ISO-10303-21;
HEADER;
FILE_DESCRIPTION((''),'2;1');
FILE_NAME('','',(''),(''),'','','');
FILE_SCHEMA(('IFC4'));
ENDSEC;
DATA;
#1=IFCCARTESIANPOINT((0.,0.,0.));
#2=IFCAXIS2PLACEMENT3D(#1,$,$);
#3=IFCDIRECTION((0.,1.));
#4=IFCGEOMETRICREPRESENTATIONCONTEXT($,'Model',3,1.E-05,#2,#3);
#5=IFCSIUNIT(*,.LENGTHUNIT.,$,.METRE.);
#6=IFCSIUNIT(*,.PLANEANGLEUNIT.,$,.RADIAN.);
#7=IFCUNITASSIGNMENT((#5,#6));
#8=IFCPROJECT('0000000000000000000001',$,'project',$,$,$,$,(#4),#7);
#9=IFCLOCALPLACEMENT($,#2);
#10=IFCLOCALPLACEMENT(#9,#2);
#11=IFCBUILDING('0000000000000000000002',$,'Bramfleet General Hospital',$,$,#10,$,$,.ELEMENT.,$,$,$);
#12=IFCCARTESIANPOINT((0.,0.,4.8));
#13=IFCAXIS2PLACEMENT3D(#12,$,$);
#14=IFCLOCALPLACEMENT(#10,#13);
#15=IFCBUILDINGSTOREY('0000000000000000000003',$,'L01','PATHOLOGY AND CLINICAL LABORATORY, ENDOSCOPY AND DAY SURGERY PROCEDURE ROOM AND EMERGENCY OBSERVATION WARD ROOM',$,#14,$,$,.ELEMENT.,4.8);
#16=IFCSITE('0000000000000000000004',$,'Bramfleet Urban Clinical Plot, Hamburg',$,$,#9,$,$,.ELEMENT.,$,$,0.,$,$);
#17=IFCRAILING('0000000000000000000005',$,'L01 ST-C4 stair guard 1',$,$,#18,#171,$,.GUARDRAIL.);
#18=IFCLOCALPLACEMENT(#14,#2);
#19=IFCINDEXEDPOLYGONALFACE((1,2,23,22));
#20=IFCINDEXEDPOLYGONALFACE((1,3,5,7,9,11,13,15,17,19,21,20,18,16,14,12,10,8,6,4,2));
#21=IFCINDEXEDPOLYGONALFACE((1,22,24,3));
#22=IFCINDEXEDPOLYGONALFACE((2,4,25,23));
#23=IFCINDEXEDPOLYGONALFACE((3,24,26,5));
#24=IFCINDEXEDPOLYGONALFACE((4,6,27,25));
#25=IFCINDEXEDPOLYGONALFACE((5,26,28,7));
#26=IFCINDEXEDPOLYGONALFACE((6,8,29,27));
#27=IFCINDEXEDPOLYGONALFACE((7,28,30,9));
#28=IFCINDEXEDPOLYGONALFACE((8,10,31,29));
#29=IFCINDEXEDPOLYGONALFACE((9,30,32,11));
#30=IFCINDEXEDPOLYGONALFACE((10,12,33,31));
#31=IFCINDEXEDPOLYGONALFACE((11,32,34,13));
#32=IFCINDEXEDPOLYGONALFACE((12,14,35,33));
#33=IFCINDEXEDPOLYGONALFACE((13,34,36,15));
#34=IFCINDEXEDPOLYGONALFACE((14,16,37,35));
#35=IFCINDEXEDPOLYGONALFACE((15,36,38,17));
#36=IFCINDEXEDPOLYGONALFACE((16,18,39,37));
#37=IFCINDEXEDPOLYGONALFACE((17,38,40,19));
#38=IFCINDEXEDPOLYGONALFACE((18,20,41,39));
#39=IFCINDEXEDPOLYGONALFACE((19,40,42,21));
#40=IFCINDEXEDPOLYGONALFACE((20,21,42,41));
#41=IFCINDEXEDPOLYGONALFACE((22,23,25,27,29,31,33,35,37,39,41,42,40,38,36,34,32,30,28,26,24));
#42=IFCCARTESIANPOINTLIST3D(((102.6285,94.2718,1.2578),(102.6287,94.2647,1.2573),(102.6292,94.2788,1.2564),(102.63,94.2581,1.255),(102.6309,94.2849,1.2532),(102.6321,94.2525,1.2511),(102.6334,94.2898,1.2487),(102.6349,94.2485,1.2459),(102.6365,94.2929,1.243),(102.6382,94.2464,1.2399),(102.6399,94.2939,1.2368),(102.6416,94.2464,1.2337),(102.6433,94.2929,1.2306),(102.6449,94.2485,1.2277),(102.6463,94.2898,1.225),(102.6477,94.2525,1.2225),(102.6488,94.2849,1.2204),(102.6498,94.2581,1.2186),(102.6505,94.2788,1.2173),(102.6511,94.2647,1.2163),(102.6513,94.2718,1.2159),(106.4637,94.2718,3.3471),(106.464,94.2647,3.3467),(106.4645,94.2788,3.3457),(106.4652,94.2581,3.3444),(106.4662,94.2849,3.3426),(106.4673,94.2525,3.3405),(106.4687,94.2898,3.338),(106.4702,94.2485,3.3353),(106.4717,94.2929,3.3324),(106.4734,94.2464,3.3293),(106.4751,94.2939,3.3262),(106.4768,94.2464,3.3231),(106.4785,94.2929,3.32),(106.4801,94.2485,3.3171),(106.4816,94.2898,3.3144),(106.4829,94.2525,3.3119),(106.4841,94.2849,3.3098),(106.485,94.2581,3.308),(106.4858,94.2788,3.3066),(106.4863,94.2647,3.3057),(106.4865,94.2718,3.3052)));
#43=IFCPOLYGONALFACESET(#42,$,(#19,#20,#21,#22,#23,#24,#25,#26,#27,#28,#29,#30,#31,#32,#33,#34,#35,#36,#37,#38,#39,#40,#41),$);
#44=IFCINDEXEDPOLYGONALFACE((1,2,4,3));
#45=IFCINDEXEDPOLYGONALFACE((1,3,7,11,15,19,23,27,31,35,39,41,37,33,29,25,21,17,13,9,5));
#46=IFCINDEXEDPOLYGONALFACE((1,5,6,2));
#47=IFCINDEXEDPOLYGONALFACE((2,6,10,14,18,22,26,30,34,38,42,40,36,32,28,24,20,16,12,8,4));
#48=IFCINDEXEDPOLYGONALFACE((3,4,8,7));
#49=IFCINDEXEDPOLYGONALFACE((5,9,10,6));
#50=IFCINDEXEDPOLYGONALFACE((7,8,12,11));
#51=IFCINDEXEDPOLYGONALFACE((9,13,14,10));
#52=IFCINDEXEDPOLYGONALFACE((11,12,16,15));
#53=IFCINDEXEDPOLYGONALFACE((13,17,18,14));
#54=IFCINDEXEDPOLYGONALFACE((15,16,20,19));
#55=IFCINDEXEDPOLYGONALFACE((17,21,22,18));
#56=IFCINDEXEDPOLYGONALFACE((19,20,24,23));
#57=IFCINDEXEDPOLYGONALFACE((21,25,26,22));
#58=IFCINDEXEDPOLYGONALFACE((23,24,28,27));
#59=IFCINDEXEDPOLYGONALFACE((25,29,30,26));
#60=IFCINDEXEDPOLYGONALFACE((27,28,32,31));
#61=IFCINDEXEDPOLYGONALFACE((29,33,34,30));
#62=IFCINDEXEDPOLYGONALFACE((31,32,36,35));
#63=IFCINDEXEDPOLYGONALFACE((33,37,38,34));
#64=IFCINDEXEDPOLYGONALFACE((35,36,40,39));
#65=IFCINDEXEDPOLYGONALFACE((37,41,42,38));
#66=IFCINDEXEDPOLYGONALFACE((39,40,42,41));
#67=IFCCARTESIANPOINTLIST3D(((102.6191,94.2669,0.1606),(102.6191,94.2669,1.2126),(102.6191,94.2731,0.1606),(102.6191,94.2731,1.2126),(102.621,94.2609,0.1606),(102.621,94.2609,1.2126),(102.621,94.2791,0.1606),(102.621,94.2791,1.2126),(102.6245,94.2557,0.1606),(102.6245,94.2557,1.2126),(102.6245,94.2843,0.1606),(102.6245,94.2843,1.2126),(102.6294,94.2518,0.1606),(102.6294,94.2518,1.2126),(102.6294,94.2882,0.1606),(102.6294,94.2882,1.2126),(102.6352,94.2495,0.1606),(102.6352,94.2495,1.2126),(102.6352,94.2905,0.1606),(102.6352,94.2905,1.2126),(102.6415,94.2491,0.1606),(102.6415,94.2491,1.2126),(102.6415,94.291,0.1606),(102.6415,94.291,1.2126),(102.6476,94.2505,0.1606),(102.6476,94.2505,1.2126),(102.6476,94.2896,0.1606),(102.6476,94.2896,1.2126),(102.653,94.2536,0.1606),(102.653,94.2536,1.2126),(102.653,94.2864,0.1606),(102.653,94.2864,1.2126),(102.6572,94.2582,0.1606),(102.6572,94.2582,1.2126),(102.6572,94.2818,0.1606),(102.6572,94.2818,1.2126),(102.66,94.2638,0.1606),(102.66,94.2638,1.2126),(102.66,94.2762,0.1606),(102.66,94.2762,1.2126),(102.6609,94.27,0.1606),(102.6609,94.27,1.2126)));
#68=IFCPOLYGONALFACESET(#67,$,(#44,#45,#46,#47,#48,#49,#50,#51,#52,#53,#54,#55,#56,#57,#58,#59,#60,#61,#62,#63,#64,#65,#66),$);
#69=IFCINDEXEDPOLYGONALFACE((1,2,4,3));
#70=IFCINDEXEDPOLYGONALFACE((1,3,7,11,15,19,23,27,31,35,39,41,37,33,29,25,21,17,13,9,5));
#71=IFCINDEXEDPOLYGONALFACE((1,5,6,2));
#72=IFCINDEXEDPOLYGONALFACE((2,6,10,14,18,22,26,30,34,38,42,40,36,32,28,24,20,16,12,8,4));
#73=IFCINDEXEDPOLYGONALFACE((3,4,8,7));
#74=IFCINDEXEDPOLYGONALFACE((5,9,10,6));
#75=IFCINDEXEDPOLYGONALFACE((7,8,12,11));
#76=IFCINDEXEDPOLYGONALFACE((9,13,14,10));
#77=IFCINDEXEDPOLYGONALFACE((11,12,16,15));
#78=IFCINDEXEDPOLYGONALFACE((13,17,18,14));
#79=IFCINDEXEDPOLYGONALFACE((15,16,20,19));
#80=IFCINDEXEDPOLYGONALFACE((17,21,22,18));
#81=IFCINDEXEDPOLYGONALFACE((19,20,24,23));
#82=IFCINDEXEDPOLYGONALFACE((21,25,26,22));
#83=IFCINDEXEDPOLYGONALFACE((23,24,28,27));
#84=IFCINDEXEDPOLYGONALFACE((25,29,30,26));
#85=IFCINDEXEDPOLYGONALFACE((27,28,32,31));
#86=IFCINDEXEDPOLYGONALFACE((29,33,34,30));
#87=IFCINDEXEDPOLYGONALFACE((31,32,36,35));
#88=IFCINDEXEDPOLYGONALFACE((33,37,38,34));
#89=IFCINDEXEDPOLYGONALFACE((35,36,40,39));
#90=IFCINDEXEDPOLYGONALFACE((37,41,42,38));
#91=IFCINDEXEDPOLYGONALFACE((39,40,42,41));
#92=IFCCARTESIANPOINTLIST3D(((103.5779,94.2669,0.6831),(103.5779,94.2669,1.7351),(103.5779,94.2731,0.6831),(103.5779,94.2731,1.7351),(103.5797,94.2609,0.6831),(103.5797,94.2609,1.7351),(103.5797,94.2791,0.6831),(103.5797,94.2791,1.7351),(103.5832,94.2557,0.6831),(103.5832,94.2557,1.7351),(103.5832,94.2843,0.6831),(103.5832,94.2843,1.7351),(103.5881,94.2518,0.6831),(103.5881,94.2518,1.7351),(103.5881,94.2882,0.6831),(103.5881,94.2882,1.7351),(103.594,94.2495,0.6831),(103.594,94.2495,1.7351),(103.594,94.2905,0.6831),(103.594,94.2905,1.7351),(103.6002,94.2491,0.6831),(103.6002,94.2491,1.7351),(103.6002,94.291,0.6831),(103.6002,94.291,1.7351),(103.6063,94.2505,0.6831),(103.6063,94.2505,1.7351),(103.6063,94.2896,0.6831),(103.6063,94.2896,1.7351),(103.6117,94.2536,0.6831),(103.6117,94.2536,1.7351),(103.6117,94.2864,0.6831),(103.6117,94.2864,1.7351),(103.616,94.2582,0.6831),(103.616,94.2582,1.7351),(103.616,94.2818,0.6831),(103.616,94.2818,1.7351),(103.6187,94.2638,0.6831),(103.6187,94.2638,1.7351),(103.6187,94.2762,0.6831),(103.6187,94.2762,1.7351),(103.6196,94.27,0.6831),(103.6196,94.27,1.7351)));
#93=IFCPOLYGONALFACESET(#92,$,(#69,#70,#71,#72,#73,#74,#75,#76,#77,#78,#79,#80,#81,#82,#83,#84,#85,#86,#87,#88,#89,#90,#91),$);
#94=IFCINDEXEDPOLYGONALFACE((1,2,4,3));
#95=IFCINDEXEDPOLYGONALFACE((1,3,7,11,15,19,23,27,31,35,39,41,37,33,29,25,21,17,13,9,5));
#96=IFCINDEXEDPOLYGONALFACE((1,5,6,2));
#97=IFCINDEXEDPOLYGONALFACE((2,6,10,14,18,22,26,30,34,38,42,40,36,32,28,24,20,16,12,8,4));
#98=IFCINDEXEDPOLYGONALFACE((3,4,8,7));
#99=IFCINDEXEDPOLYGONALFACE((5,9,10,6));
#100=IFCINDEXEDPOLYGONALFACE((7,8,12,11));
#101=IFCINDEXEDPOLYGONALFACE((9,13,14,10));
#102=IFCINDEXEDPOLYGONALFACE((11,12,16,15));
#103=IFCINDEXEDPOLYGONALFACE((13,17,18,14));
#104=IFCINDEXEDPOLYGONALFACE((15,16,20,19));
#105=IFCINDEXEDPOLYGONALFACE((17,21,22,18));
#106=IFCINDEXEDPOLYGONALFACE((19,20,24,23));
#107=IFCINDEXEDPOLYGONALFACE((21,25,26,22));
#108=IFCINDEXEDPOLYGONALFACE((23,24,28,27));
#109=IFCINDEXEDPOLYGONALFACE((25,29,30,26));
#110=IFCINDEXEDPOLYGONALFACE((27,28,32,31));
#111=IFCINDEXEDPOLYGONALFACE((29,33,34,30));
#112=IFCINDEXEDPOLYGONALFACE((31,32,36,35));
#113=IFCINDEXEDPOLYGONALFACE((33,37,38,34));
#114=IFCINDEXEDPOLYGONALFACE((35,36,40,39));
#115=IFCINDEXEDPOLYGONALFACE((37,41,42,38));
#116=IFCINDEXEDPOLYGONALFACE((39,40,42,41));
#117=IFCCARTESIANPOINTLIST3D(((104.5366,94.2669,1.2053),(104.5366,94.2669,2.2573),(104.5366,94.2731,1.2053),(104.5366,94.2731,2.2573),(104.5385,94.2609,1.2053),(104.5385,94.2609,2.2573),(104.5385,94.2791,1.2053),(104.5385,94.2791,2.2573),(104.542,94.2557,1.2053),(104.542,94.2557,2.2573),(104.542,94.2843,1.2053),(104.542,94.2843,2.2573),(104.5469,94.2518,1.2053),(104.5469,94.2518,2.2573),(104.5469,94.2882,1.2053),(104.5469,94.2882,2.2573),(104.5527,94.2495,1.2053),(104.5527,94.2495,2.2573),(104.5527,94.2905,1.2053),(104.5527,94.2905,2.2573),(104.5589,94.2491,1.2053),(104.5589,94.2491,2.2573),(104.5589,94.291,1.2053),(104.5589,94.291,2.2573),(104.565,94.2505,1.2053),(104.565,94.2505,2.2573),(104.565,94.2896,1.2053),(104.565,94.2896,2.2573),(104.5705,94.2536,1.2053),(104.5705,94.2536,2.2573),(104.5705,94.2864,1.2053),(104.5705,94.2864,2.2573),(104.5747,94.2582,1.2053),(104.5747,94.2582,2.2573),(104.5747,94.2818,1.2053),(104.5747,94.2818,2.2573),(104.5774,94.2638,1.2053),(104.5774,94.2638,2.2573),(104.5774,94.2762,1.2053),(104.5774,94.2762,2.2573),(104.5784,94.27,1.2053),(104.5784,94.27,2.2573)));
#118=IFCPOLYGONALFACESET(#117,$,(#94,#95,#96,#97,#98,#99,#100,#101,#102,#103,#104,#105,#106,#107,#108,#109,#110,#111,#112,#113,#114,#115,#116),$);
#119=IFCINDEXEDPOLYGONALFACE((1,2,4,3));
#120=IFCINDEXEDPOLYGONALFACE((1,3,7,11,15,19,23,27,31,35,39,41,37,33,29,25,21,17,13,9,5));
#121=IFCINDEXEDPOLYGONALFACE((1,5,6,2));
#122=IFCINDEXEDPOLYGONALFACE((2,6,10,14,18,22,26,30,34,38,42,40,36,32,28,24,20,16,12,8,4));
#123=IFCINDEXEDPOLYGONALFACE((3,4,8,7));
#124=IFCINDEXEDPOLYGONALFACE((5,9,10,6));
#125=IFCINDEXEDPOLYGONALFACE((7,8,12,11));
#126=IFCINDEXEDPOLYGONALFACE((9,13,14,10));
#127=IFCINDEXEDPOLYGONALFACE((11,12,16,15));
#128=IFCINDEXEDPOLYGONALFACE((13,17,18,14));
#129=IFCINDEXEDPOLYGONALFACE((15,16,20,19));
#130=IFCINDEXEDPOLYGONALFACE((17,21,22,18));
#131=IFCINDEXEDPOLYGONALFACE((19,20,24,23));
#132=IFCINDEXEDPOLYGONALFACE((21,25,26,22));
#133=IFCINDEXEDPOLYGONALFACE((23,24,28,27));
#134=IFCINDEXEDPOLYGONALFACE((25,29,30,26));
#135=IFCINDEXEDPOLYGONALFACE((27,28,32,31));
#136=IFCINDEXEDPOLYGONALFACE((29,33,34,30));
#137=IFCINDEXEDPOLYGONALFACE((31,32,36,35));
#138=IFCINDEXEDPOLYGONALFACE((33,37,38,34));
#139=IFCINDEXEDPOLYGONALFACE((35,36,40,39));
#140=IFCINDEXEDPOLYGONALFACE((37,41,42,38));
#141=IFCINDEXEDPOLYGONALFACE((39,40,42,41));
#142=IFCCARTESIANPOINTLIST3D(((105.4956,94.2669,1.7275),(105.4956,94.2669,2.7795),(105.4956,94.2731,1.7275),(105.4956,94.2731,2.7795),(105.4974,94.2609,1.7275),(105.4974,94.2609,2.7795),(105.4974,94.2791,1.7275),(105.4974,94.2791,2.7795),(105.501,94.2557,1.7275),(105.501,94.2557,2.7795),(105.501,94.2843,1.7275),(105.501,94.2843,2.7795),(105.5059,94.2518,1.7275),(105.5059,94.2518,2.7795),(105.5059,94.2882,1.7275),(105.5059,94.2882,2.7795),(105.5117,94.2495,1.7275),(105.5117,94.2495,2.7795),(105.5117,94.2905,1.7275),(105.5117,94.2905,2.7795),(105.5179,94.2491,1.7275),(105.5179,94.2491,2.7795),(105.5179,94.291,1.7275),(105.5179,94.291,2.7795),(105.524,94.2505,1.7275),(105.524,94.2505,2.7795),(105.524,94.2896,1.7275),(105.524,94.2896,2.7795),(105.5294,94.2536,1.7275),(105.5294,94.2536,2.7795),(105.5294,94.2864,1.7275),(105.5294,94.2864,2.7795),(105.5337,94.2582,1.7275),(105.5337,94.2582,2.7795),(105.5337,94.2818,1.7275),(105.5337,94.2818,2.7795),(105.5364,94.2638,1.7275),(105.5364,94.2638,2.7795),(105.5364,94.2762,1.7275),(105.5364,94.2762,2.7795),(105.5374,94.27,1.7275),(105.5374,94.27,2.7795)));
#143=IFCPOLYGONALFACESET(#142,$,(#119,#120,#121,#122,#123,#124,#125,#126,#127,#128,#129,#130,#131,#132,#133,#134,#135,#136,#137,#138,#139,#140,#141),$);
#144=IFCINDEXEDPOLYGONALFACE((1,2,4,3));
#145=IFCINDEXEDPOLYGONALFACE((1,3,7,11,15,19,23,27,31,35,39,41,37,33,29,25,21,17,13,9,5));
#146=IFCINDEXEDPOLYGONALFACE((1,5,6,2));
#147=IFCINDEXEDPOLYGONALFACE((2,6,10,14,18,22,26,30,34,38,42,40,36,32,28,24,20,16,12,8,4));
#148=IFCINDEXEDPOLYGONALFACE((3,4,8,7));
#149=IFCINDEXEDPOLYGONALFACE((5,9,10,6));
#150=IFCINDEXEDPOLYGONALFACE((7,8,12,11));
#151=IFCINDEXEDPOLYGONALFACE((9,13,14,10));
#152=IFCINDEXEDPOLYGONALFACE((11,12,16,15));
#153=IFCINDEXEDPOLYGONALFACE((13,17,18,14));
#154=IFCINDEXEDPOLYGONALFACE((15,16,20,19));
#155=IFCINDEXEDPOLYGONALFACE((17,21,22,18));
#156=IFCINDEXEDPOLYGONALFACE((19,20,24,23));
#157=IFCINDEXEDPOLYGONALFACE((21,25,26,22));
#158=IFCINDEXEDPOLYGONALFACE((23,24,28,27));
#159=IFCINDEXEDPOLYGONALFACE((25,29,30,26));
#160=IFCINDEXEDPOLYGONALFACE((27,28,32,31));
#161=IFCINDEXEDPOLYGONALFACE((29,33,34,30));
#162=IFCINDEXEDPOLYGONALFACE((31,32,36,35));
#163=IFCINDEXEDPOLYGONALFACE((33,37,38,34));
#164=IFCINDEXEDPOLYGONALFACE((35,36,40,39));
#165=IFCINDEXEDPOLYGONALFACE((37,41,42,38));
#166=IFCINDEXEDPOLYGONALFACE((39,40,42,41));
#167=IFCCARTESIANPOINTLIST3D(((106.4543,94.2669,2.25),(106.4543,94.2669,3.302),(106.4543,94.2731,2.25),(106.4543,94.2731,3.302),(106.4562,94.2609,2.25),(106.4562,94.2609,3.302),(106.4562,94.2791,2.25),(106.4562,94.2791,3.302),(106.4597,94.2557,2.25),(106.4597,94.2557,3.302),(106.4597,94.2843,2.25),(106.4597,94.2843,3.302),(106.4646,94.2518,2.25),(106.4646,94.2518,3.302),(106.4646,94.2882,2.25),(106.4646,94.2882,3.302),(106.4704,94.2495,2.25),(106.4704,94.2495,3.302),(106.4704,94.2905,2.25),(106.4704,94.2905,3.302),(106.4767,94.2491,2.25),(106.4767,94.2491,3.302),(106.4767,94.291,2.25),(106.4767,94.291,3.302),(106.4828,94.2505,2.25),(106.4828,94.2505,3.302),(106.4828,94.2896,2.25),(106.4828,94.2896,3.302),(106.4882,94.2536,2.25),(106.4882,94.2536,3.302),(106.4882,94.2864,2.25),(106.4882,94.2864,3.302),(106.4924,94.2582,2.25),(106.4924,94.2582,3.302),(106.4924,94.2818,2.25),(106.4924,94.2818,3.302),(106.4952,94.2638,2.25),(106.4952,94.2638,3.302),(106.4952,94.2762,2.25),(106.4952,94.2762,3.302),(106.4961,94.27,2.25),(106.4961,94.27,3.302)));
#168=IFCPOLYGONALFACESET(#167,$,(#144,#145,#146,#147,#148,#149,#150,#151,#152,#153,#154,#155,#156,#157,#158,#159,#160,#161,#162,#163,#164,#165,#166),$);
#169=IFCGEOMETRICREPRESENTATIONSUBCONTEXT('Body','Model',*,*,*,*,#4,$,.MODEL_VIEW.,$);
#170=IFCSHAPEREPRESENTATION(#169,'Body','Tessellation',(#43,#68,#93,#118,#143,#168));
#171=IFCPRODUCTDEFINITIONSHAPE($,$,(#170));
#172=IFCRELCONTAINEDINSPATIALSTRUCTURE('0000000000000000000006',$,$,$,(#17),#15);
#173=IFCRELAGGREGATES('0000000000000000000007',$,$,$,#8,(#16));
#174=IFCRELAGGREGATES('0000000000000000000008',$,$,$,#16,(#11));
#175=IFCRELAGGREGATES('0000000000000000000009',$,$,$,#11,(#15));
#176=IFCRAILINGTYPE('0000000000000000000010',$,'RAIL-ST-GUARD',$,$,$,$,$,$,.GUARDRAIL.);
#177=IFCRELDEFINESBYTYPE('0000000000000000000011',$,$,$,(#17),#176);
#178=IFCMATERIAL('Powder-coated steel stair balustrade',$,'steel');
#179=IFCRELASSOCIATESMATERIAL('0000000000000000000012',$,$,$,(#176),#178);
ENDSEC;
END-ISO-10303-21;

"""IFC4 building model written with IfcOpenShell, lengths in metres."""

from ifc_helpers import new_model, si_unit, direction, frame, origin, origin_2d, place, context, subcontext, project, spatial, circle, extrude, material, type_object, element, save


model = new_model("IFC4")

# Units and contexts
model_context = context("Model", 3, precision=1e-05, world=origin(), true_north=direction((0.0, 1.0)))
body_context = subcontext(model_context, "Body", "Model", "MODEL_VIEW")
ifc_project = project(units=[si_unit("LENGTHUNIT", "METRE"), si_unit("PLANEANGLEUNIT", "RADIAN")], contexts=[model_context])

# Site, building, storey
site_placement = place(None, origin())
site = spatial("IfcSite", under=ifc_project, at=site_placement, Name="Bramfleet Urban Clinical Plot, Hamburg", CompositionType="ELEMENT", RefElevation=0.0)
building_placement = place(site_placement, origin())
building = spatial("IfcBuilding", under=site, at=building_placement, Name="Bramfleet General Hospital", CompositionType="ELEMENT")
storey_placement = place(building_placement, frame((0.0, 0.0, 4.8)))
storey = spatial("IfcBuildingStorey", under=building, at=storey_placement, Name="L01", Description="PATHOLOGY AND CLINICAL LABORATORY, ENDOSCOPY AND DAY SURGERY PROCEDURE ROOM AND EMERGENCY OBSERVATION WARD ROOM", CompositionType="ELEMENT", Elevation=4.8)

# Railing
ifc_material_1 = material(Name="Powder-coated steel stair balustrade", Category="steel")
railing_type_1 = type_object("IfcRailingType", Name="RAIL-ST-GUARD", PredefinedType="GUARDRAIL", material=ifc_material_1)
railing_1_placement = place(storey_placement, frame((102.6399, 94.27, 0.1606)))
element("IfcRailing", 1, at=railing_1_placement, inside=storey, type_object=railing_type_1, Name="L01 ST-C4 stair guard 1", PredefinedType="GUARDRAIL", context=body_context, shape_type="SweptSolid", body=[
    extrude(circle(Radius=0.0239, at=origin_2d()), frame((0.0, 0.0, 1.0762), z_axis=(0.878143, 0.0, 0.478398), x_axis=(0.0, 1.0, 0.0)), (0.0, 0.0, 1.0), 4.3674),
    extrude(circle(Radius=0.021, at=origin_2d()), origin(), (0.0, 0.0, 1.0), 1.052),
    extrude(circle(Radius=0.021, at=origin_2d()), frame((0.9587, 0.0, 0.5225)), (0.0, 0.0, 1.0), 1.052),
    extrude(circle(Radius=0.021, at=origin_2d()), frame((1.9175, 0.0, 1.0447)), (0.0, 0.0, 1.0), 1.052),
    extrude(circle(Radius=0.021, at=origin_2d()), frame((2.8765, 0.0, 1.5669)), (0.0, 0.0, 1.0), 1.052),
    extrude(circle(Radius=0.021, at=origin_2d()), frame((3.8352, 0.0, 2.0894)), (0.0, 0.0, 1.0), 1.052),
])

save(model, "model.ifc")
